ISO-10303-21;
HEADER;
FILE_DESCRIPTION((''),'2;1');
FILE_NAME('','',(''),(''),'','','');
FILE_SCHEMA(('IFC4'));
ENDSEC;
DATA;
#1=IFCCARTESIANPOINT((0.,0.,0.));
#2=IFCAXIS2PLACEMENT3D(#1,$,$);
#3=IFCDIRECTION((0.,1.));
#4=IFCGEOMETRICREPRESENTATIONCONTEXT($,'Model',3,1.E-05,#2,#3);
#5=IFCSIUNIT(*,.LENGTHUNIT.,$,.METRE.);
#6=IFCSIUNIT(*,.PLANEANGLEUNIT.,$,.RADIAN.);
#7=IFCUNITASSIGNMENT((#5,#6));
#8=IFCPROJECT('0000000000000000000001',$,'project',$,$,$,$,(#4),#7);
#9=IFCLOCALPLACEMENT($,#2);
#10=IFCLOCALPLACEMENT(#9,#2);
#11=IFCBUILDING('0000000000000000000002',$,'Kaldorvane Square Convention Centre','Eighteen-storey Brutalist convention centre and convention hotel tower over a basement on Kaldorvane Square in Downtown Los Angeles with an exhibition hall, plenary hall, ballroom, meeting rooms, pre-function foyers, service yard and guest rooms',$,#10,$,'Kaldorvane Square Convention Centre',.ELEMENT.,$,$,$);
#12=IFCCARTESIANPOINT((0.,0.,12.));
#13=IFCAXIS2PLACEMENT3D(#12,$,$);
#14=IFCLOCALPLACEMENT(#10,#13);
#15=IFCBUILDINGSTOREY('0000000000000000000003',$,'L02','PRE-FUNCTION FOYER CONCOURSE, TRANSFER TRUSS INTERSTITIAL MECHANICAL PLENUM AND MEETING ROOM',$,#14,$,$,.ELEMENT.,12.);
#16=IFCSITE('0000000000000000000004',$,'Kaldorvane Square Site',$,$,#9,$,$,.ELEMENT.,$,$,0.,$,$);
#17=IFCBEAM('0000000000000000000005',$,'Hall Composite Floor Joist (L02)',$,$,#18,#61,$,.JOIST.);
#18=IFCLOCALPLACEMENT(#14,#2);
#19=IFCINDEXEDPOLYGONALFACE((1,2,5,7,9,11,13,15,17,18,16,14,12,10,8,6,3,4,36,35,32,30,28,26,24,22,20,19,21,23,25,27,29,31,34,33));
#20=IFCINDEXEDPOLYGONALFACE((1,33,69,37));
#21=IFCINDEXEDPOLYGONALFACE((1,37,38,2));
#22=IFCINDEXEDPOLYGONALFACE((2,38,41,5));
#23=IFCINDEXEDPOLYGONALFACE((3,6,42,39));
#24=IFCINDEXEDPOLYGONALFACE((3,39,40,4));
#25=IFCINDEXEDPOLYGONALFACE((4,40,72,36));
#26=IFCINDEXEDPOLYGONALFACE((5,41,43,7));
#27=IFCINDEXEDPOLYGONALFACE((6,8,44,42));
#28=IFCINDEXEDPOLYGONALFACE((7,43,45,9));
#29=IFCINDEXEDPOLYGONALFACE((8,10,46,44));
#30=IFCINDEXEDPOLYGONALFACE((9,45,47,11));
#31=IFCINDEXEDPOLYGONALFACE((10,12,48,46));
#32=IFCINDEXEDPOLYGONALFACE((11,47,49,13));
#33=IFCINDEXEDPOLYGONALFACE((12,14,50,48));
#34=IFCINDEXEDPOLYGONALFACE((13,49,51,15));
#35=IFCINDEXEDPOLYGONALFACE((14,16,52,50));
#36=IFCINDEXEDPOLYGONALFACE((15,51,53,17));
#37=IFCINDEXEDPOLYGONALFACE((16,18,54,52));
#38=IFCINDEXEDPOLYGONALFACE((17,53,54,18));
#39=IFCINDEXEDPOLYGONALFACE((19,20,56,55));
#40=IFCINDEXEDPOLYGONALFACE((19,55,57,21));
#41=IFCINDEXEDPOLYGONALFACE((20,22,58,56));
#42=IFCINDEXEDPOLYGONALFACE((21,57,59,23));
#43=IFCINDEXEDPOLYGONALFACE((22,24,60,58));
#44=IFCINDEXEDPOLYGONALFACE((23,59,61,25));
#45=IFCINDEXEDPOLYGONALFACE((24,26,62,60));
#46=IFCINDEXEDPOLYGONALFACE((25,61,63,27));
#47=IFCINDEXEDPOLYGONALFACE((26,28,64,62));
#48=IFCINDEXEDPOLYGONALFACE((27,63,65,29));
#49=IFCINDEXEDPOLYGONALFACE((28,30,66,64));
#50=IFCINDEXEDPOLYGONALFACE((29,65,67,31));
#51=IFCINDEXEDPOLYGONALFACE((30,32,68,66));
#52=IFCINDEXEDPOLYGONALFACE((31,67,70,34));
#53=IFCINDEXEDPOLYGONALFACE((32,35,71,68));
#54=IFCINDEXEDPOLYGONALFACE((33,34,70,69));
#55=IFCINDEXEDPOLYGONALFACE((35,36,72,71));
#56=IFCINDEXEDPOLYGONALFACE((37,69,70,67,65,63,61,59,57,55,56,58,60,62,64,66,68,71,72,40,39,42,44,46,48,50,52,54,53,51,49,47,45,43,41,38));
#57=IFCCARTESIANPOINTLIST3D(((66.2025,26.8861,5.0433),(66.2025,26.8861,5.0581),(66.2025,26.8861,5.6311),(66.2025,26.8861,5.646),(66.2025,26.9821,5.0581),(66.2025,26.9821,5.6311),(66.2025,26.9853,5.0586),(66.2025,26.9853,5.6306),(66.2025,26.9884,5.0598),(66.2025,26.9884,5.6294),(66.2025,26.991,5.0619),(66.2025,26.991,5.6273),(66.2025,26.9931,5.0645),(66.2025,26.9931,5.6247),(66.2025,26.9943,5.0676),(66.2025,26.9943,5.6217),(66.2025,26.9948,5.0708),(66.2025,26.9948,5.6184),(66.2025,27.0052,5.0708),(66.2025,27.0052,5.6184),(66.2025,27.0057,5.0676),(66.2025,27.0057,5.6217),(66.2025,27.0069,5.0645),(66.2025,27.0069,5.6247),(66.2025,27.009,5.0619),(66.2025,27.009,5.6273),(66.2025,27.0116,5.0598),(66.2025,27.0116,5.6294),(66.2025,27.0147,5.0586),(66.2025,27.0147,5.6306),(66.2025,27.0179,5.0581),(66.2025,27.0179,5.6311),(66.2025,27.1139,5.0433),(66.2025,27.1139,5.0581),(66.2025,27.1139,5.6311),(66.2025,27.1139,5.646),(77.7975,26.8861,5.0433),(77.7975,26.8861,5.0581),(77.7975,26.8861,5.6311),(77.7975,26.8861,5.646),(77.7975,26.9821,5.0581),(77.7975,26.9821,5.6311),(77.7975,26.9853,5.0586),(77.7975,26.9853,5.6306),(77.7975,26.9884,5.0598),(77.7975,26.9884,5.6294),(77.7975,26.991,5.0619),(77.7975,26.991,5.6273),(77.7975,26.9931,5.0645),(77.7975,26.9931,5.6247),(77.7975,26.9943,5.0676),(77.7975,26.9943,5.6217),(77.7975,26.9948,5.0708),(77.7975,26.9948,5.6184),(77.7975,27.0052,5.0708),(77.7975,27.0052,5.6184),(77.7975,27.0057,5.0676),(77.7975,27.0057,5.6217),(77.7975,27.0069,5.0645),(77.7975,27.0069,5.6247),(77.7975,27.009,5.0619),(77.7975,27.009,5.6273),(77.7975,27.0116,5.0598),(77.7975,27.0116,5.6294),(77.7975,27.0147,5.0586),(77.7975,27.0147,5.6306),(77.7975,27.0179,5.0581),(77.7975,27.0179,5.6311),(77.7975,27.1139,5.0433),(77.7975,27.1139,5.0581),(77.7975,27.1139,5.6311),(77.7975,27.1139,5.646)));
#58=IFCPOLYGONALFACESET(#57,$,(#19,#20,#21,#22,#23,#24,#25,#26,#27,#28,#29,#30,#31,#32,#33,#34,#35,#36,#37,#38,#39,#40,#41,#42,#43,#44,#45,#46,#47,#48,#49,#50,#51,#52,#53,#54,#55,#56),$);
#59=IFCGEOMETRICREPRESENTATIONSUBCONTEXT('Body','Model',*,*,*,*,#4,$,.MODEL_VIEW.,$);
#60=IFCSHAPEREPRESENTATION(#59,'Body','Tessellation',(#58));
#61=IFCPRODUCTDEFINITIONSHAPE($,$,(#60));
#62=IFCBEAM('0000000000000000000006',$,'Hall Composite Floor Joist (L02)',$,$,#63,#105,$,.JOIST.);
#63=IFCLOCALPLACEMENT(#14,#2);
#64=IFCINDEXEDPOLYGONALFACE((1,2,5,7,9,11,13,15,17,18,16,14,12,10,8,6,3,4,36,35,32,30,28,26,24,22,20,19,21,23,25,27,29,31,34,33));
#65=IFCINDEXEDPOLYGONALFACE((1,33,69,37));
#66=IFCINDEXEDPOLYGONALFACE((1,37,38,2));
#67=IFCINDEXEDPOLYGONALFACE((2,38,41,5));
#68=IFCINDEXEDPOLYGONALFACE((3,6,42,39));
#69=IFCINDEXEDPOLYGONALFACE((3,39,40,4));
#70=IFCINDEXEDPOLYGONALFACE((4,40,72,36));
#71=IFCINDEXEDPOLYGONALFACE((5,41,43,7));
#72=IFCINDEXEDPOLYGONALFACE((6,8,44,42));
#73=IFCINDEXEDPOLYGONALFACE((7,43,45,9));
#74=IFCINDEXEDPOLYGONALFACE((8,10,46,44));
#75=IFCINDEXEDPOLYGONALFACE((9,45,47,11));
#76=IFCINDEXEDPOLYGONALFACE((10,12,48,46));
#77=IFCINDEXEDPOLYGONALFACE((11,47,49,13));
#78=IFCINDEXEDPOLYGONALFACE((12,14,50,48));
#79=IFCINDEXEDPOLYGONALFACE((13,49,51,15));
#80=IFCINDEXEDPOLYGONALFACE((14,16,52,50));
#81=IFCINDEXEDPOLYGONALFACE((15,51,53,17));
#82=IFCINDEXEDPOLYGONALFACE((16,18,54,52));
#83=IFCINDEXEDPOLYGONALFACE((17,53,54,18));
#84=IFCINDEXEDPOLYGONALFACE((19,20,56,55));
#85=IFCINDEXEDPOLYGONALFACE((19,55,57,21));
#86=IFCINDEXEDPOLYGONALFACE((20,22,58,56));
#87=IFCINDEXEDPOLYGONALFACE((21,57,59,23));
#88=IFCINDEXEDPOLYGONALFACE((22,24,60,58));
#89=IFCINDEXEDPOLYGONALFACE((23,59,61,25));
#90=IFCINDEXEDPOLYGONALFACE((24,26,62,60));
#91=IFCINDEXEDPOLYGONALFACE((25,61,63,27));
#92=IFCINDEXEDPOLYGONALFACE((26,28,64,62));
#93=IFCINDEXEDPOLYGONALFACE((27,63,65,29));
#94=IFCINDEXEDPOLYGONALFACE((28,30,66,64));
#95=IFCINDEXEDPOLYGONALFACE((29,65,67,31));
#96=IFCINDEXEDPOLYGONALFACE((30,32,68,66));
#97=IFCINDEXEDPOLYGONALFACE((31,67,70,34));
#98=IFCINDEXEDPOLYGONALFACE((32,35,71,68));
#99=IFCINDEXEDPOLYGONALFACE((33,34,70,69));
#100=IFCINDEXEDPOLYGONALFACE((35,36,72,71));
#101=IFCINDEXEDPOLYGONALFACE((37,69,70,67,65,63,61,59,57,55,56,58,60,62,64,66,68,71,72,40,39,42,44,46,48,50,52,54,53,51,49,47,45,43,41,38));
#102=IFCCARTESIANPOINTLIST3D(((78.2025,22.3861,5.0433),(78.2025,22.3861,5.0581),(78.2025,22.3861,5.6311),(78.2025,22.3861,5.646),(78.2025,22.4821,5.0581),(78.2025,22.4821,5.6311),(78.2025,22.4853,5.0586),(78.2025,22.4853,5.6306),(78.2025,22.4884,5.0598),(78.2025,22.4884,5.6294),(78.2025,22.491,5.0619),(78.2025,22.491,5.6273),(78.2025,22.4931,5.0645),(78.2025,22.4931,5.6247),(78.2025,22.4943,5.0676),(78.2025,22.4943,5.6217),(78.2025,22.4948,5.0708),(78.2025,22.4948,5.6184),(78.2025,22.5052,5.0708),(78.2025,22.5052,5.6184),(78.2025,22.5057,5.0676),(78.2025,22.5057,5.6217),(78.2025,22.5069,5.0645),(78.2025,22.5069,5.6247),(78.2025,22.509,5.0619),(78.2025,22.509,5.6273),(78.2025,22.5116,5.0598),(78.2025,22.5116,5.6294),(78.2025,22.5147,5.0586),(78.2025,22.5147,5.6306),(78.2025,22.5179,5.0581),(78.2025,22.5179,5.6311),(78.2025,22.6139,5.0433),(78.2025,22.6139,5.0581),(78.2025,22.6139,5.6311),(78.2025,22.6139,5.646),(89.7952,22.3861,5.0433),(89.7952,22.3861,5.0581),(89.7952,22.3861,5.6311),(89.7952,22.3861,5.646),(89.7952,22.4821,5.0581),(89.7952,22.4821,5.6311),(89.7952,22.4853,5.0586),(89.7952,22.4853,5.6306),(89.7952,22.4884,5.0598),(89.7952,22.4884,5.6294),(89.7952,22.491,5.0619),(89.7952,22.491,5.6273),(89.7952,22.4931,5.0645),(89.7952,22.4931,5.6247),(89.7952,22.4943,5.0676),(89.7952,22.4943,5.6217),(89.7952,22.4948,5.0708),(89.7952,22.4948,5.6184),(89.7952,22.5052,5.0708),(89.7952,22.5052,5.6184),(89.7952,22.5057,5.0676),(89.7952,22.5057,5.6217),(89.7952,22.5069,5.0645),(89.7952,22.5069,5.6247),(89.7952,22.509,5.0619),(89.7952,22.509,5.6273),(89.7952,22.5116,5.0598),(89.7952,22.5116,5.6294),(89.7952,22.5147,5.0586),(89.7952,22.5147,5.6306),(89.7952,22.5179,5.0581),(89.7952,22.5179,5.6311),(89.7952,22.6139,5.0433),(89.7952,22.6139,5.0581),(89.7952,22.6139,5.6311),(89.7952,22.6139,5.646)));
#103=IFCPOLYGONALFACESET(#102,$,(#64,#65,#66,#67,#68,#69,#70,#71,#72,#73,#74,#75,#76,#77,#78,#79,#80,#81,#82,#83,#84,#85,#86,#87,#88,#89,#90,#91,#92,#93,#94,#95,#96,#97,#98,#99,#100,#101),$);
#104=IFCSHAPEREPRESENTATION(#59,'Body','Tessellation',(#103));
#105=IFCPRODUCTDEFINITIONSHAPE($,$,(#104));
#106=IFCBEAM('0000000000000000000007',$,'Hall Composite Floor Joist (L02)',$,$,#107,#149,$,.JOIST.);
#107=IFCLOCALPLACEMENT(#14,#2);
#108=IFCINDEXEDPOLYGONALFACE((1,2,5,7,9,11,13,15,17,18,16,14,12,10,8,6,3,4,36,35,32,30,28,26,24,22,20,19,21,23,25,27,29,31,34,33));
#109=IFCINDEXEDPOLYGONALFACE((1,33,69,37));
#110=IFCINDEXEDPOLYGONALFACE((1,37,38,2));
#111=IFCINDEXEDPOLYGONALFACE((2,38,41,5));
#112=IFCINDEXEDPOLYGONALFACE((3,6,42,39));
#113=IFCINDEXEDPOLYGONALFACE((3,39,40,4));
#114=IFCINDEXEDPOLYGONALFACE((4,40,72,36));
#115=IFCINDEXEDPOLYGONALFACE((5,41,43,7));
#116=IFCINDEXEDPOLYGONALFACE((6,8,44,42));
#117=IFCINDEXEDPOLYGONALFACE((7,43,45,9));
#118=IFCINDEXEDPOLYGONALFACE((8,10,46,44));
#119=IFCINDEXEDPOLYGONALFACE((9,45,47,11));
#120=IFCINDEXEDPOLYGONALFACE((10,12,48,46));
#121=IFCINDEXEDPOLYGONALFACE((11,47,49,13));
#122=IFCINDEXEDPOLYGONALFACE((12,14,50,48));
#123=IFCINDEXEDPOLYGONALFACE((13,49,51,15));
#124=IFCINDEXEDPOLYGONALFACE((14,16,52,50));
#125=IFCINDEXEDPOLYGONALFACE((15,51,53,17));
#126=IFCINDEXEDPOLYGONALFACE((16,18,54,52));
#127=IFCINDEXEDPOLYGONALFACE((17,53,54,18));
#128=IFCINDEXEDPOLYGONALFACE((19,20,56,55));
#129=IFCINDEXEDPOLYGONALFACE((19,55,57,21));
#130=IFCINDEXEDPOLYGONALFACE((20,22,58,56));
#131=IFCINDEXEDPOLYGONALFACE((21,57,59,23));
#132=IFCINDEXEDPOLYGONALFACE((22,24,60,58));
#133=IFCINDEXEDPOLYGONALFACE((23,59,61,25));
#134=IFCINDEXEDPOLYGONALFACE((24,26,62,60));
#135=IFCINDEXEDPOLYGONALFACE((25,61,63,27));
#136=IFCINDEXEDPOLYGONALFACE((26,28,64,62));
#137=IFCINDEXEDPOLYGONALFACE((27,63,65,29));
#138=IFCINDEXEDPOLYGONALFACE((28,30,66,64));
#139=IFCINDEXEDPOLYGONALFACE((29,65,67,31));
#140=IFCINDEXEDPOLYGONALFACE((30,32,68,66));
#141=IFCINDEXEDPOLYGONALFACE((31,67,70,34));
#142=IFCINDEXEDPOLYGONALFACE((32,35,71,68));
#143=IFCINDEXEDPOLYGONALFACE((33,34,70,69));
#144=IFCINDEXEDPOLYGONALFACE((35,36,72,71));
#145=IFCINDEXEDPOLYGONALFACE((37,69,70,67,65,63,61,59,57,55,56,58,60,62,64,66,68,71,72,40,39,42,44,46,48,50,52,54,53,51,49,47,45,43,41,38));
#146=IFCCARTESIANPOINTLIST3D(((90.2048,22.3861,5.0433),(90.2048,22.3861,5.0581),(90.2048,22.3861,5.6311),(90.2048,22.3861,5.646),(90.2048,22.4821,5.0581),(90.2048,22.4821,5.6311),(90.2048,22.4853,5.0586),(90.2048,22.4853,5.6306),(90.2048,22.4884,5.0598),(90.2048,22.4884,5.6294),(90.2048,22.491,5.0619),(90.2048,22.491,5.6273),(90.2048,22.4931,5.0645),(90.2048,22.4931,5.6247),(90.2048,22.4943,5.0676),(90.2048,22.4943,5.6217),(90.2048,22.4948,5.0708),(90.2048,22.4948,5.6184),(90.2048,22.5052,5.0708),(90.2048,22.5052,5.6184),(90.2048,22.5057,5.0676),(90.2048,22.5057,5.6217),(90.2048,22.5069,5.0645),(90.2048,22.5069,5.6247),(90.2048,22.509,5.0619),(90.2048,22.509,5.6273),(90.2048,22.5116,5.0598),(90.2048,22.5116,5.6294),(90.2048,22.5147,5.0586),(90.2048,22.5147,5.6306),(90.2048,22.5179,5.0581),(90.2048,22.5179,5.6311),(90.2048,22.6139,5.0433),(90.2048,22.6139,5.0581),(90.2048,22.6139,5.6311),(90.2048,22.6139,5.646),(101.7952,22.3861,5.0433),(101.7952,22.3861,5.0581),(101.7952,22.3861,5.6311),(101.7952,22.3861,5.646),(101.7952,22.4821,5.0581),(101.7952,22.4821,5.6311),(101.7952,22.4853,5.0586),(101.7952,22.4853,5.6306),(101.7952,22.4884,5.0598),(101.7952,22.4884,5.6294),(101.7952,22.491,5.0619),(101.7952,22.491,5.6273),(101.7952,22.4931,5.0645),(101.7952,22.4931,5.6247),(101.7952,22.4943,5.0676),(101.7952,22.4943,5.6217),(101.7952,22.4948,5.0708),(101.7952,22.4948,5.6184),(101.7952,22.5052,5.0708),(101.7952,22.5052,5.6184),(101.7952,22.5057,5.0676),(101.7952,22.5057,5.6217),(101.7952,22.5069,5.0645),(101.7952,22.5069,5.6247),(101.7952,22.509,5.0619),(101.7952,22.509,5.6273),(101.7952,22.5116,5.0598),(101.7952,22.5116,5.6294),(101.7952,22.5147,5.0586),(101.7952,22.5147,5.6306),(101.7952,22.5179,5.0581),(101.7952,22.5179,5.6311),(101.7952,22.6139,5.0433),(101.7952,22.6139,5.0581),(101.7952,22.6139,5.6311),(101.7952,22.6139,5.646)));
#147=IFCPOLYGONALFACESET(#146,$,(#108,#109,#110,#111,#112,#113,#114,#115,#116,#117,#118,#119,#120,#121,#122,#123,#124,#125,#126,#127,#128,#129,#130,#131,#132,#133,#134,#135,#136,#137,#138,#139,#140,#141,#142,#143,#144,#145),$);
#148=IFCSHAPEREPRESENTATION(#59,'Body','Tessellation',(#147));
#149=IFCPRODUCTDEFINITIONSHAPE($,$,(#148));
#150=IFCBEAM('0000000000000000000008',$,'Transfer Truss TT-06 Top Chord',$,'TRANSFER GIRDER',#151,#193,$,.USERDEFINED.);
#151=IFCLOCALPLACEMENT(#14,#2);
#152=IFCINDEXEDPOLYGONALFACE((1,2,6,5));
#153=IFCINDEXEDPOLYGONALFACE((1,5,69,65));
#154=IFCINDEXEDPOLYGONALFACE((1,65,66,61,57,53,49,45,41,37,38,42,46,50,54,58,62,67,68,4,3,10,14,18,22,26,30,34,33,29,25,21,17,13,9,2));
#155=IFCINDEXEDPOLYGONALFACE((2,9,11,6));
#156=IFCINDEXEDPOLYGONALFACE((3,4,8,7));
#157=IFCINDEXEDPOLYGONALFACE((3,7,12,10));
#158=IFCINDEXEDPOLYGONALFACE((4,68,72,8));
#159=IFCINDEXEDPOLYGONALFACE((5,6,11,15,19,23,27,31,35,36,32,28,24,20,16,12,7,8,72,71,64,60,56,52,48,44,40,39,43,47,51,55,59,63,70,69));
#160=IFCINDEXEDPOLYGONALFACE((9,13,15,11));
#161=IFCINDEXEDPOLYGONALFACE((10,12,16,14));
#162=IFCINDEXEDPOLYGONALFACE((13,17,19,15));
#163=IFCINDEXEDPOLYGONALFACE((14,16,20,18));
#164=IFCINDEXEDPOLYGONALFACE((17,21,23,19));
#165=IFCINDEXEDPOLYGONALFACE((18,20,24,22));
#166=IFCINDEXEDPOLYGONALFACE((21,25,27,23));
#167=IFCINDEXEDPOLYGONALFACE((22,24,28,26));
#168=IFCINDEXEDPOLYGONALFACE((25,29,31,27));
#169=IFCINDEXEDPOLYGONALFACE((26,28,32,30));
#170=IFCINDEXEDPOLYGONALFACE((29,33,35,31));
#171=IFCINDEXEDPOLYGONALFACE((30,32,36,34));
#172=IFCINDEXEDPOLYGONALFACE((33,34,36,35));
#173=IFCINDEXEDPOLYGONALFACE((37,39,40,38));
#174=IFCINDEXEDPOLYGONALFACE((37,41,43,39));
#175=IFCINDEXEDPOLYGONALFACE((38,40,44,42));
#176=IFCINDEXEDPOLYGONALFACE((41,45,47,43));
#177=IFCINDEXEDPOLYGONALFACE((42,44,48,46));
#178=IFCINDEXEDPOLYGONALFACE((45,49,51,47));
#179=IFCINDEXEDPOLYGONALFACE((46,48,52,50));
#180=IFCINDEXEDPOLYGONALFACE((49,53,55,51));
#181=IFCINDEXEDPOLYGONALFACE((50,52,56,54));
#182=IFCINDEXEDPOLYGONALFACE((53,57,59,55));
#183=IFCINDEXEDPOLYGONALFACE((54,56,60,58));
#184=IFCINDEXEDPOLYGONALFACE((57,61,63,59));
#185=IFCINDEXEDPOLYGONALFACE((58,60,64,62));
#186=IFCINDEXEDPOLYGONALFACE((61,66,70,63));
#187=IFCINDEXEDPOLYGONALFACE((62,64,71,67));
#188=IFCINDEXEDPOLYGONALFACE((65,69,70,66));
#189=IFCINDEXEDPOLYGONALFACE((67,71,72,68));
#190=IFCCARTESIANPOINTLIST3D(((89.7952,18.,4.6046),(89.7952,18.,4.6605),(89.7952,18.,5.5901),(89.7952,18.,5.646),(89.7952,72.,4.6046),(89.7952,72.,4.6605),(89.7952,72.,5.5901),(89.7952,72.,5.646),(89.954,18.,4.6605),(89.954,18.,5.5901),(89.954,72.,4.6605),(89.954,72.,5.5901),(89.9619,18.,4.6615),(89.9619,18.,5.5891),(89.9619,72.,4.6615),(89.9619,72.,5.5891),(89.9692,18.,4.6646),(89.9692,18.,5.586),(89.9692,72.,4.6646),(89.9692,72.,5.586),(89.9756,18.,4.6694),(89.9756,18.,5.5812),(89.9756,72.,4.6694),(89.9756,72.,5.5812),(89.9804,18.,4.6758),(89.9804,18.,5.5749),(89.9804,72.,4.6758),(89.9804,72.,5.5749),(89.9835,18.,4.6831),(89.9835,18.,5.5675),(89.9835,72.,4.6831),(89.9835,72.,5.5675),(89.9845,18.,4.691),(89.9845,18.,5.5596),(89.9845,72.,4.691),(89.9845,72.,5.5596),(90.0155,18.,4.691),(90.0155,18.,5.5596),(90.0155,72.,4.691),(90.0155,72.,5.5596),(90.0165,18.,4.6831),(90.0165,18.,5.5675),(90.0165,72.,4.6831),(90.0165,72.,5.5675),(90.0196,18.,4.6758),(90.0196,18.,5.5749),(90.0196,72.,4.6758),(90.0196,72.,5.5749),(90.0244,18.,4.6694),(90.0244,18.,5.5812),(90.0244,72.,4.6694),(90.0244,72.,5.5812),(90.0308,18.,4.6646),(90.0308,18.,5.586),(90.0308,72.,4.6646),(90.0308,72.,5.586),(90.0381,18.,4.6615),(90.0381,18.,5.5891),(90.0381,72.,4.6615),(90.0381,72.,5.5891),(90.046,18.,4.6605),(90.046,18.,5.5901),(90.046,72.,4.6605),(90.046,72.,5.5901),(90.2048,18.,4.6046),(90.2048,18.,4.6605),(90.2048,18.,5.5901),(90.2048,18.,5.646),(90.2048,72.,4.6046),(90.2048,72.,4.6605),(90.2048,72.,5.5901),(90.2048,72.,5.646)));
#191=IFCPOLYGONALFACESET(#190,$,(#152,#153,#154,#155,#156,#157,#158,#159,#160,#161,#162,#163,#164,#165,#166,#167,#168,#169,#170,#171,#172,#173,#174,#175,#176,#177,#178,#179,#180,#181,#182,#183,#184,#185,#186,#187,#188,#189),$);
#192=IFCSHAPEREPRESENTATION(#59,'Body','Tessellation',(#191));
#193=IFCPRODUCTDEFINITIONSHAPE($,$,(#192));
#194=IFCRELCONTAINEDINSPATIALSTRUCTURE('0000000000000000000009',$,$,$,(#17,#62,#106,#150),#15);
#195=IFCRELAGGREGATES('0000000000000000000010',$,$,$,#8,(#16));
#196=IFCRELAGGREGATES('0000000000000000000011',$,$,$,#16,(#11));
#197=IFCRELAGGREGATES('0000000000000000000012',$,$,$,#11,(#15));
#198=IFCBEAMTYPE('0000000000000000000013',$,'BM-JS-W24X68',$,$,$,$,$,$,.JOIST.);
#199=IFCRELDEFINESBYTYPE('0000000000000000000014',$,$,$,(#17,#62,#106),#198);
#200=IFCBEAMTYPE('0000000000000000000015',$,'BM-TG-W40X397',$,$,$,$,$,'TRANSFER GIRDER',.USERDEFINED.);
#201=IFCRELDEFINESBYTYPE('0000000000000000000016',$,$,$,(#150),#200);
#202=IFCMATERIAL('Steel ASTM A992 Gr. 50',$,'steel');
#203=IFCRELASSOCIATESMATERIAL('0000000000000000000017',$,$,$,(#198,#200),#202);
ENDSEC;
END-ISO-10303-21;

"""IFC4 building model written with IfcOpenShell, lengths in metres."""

from ifc_helpers import new_model, si_unit, direction, frame, origin, origin_2d, place, context, subcontext, project, spatial, i_section, extrude, material, material_profile, profile_set, type_object, element, save


model = new_model("IFC4")

# Units and contexts
model_context = context("Model", 3, precision=1e-05, world=origin(), true_north=direction((0.0, 1.0)))
body_context = subcontext(model_context, "Body", "Model", "MODEL_VIEW")
ifc_project = project(units=[si_unit("LENGTHUNIT", "METRE"), si_unit("PLANEANGLEUNIT", "RADIAN")], contexts=[model_context])

# Site, building, storey
site_placement = place(None, origin())
site = spatial("IfcSite", under=ifc_project, at=site_placement, Name="Kaldorvane Square Site", CompositionType="ELEMENT", RefElevation=0.0)
building_placement = place(site_placement, origin())
building = spatial("IfcBuilding", under=site, at=building_placement, Name="Kaldorvane Square Convention Centre", Description="Eighteen-storey Brutalist convention centre and convention hotel tower over a basement on Kaldorvane Square in Downtown Los Angeles with an exhibition hall, plenary hall, ballroom, meeting rooms, pre-function foyers, service yard and guest rooms", LongName="Kaldorvane Square Convention Centre", CompositionType="ELEMENT")
storey_placement = place(building_placement, frame((0.0, 0.0, 12.0)))
storey = spatial("IfcBuildingStorey", under=building, at=storey_placement, Name="L02", Description="PRE-FUNCTION FOYER CONCOURSE, TRANSFER TRUSS INTERSTITIAL MECHANICAL PLENUM AND MEETING ROOM", CompositionType="ELEMENT", Elevation=12.0)

# Shared definitions
ifc_material_1 = material(Name="Steel ASTM A992 Gr. 50", Category="steel")

# Beams
ifc_material_profile_1 = material_profile(ifc_material_1, i_section(OverallWidth=0.2277, OverallDepth=0.6027, WebThickness=0.0105, FlangeThickness=0.0149, FilletRadius=0.0127, at=origin_2d()), Name="W24X68")
ifc_profile_set_1 = profile_set([ifc_material_profile_1], Name="Steel ASTM A992 Gr. 50")
beam_type_1 = type_object("IfcBeamType", Name="BM-JS-W24X68", PredefinedType="JOIST", material=ifc_profile_set_1)
for number, where, z_axis, x_axis, name in (
    (1, (66.2025, 27.0, 5.3446), (1.0, 0.0, 0.0), (0.0, 1.0, 0.0), "Hall Composite Floor Joist (L02)"),
):
    element("IfcBeam", number, at=place(storey_placement, frame(where, z_axis=z_axis, x_axis=x_axis)), inside=storey, type_object=beam_type_1, Name=name, PredefinedType="JOIST", context=body_context, shape_type="SweptSolid", body=[
        extrude(i_section(OverallWidth=0.2277, OverallDepth=0.6027, WebThickness=0.0105, FlangeThickness=0.0149, FilletRadius=0.0127, at=origin_2d()), origin(), (0.0, 0.0, 1.0), 11.595),
    ])
beam_1_placement = place(storey_placement, frame((78.2025, 22.5, 5.3446), z_axis=(1.0, 0.0, 0.0), x_axis=(0.0, 1.0, 0.0)))
element("IfcBeam", 2, at=beam_1_placement, inside=storey, type_object=beam_type_1, Name="Hall Composite Floor Joist (L02)", PredefinedType="JOIST", context=body_context, shape_type="SweptSolid", body=[
    extrude(i_section(OverallWidth=0.2277, OverallDepth=0.6027, WebThickness=0.0105, FlangeThickness=0.0149, FilletRadius=0.0127, at=origin_2d()), origin(), (0.0, 0.0, 1.0), 11.5927),
])
beam_2_placement = place(storey_placement, frame((90.2048, 22.5, 5.3446), z_axis=(1.0, 0.0, 0.0), x_axis=(0.0, 1.0, 0.0)))
element("IfcBeam", 3, at=beam_2_placement, inside=storey, type_object=beam_type_1, Name="Hall Composite Floor Joist (L02)", PredefinedType="JOIST", context=body_context, shape_type="SweptSolid", body=[
    extrude(i_section(OverallWidth=0.2277, OverallDepth=0.6027, WebThickness=0.0105, FlangeThickness=0.0149, FilletRadius=0.0127, at=origin_2d()), origin(), (0.0, 0.0, 1.0), 11.5904),
])
ifc_material_profile_2 = material_profile(ifc_material_1, i_section(OverallWidth=0.4096, OverallDepth=1.0414, WebThickness=0.031, FlangeThickness=0.0559, FilletRadius=0.0305, at=origin_2d()), Name="W40X397")
ifc_profile_set_2 = profile_set([ifc_material_profile_2], Name="Steel ASTM A992 Gr. 50")
beam_type_2 = type_object("IfcBeamType", Name="BM-TG-W40X397", ElementType="TRANSFER GIRDER", PredefinedType="USERDEFINED", material=ifc_profile_set_2)
beam_3_placement = place(storey_placement, frame((90.0, 18.0, 5.1253), z_axis=(0.0, 1.0, 0.0), x_axis=(-1.0, 0.0, 0.0)))
element("IfcBeam", 4, at=beam_3_placement, inside=storey, type_object=beam_type_2, Name="Transfer Truss TT-06 Top Chord", ObjectType="TRANSFER GIRDER", PredefinedType="USERDEFINED", context=body_context, shape_type="SweptSolid", body=[
    extrude(i_section(OverallWidth=0.4096, OverallDepth=1.0414, WebThickness=0.031, FlangeThickness=0.0559, FilletRadius=0.0305, at=origin_2d()), origin(), (0.0, 0.0, 1.0), 54.0),
])

save(model, "model.ifc")
